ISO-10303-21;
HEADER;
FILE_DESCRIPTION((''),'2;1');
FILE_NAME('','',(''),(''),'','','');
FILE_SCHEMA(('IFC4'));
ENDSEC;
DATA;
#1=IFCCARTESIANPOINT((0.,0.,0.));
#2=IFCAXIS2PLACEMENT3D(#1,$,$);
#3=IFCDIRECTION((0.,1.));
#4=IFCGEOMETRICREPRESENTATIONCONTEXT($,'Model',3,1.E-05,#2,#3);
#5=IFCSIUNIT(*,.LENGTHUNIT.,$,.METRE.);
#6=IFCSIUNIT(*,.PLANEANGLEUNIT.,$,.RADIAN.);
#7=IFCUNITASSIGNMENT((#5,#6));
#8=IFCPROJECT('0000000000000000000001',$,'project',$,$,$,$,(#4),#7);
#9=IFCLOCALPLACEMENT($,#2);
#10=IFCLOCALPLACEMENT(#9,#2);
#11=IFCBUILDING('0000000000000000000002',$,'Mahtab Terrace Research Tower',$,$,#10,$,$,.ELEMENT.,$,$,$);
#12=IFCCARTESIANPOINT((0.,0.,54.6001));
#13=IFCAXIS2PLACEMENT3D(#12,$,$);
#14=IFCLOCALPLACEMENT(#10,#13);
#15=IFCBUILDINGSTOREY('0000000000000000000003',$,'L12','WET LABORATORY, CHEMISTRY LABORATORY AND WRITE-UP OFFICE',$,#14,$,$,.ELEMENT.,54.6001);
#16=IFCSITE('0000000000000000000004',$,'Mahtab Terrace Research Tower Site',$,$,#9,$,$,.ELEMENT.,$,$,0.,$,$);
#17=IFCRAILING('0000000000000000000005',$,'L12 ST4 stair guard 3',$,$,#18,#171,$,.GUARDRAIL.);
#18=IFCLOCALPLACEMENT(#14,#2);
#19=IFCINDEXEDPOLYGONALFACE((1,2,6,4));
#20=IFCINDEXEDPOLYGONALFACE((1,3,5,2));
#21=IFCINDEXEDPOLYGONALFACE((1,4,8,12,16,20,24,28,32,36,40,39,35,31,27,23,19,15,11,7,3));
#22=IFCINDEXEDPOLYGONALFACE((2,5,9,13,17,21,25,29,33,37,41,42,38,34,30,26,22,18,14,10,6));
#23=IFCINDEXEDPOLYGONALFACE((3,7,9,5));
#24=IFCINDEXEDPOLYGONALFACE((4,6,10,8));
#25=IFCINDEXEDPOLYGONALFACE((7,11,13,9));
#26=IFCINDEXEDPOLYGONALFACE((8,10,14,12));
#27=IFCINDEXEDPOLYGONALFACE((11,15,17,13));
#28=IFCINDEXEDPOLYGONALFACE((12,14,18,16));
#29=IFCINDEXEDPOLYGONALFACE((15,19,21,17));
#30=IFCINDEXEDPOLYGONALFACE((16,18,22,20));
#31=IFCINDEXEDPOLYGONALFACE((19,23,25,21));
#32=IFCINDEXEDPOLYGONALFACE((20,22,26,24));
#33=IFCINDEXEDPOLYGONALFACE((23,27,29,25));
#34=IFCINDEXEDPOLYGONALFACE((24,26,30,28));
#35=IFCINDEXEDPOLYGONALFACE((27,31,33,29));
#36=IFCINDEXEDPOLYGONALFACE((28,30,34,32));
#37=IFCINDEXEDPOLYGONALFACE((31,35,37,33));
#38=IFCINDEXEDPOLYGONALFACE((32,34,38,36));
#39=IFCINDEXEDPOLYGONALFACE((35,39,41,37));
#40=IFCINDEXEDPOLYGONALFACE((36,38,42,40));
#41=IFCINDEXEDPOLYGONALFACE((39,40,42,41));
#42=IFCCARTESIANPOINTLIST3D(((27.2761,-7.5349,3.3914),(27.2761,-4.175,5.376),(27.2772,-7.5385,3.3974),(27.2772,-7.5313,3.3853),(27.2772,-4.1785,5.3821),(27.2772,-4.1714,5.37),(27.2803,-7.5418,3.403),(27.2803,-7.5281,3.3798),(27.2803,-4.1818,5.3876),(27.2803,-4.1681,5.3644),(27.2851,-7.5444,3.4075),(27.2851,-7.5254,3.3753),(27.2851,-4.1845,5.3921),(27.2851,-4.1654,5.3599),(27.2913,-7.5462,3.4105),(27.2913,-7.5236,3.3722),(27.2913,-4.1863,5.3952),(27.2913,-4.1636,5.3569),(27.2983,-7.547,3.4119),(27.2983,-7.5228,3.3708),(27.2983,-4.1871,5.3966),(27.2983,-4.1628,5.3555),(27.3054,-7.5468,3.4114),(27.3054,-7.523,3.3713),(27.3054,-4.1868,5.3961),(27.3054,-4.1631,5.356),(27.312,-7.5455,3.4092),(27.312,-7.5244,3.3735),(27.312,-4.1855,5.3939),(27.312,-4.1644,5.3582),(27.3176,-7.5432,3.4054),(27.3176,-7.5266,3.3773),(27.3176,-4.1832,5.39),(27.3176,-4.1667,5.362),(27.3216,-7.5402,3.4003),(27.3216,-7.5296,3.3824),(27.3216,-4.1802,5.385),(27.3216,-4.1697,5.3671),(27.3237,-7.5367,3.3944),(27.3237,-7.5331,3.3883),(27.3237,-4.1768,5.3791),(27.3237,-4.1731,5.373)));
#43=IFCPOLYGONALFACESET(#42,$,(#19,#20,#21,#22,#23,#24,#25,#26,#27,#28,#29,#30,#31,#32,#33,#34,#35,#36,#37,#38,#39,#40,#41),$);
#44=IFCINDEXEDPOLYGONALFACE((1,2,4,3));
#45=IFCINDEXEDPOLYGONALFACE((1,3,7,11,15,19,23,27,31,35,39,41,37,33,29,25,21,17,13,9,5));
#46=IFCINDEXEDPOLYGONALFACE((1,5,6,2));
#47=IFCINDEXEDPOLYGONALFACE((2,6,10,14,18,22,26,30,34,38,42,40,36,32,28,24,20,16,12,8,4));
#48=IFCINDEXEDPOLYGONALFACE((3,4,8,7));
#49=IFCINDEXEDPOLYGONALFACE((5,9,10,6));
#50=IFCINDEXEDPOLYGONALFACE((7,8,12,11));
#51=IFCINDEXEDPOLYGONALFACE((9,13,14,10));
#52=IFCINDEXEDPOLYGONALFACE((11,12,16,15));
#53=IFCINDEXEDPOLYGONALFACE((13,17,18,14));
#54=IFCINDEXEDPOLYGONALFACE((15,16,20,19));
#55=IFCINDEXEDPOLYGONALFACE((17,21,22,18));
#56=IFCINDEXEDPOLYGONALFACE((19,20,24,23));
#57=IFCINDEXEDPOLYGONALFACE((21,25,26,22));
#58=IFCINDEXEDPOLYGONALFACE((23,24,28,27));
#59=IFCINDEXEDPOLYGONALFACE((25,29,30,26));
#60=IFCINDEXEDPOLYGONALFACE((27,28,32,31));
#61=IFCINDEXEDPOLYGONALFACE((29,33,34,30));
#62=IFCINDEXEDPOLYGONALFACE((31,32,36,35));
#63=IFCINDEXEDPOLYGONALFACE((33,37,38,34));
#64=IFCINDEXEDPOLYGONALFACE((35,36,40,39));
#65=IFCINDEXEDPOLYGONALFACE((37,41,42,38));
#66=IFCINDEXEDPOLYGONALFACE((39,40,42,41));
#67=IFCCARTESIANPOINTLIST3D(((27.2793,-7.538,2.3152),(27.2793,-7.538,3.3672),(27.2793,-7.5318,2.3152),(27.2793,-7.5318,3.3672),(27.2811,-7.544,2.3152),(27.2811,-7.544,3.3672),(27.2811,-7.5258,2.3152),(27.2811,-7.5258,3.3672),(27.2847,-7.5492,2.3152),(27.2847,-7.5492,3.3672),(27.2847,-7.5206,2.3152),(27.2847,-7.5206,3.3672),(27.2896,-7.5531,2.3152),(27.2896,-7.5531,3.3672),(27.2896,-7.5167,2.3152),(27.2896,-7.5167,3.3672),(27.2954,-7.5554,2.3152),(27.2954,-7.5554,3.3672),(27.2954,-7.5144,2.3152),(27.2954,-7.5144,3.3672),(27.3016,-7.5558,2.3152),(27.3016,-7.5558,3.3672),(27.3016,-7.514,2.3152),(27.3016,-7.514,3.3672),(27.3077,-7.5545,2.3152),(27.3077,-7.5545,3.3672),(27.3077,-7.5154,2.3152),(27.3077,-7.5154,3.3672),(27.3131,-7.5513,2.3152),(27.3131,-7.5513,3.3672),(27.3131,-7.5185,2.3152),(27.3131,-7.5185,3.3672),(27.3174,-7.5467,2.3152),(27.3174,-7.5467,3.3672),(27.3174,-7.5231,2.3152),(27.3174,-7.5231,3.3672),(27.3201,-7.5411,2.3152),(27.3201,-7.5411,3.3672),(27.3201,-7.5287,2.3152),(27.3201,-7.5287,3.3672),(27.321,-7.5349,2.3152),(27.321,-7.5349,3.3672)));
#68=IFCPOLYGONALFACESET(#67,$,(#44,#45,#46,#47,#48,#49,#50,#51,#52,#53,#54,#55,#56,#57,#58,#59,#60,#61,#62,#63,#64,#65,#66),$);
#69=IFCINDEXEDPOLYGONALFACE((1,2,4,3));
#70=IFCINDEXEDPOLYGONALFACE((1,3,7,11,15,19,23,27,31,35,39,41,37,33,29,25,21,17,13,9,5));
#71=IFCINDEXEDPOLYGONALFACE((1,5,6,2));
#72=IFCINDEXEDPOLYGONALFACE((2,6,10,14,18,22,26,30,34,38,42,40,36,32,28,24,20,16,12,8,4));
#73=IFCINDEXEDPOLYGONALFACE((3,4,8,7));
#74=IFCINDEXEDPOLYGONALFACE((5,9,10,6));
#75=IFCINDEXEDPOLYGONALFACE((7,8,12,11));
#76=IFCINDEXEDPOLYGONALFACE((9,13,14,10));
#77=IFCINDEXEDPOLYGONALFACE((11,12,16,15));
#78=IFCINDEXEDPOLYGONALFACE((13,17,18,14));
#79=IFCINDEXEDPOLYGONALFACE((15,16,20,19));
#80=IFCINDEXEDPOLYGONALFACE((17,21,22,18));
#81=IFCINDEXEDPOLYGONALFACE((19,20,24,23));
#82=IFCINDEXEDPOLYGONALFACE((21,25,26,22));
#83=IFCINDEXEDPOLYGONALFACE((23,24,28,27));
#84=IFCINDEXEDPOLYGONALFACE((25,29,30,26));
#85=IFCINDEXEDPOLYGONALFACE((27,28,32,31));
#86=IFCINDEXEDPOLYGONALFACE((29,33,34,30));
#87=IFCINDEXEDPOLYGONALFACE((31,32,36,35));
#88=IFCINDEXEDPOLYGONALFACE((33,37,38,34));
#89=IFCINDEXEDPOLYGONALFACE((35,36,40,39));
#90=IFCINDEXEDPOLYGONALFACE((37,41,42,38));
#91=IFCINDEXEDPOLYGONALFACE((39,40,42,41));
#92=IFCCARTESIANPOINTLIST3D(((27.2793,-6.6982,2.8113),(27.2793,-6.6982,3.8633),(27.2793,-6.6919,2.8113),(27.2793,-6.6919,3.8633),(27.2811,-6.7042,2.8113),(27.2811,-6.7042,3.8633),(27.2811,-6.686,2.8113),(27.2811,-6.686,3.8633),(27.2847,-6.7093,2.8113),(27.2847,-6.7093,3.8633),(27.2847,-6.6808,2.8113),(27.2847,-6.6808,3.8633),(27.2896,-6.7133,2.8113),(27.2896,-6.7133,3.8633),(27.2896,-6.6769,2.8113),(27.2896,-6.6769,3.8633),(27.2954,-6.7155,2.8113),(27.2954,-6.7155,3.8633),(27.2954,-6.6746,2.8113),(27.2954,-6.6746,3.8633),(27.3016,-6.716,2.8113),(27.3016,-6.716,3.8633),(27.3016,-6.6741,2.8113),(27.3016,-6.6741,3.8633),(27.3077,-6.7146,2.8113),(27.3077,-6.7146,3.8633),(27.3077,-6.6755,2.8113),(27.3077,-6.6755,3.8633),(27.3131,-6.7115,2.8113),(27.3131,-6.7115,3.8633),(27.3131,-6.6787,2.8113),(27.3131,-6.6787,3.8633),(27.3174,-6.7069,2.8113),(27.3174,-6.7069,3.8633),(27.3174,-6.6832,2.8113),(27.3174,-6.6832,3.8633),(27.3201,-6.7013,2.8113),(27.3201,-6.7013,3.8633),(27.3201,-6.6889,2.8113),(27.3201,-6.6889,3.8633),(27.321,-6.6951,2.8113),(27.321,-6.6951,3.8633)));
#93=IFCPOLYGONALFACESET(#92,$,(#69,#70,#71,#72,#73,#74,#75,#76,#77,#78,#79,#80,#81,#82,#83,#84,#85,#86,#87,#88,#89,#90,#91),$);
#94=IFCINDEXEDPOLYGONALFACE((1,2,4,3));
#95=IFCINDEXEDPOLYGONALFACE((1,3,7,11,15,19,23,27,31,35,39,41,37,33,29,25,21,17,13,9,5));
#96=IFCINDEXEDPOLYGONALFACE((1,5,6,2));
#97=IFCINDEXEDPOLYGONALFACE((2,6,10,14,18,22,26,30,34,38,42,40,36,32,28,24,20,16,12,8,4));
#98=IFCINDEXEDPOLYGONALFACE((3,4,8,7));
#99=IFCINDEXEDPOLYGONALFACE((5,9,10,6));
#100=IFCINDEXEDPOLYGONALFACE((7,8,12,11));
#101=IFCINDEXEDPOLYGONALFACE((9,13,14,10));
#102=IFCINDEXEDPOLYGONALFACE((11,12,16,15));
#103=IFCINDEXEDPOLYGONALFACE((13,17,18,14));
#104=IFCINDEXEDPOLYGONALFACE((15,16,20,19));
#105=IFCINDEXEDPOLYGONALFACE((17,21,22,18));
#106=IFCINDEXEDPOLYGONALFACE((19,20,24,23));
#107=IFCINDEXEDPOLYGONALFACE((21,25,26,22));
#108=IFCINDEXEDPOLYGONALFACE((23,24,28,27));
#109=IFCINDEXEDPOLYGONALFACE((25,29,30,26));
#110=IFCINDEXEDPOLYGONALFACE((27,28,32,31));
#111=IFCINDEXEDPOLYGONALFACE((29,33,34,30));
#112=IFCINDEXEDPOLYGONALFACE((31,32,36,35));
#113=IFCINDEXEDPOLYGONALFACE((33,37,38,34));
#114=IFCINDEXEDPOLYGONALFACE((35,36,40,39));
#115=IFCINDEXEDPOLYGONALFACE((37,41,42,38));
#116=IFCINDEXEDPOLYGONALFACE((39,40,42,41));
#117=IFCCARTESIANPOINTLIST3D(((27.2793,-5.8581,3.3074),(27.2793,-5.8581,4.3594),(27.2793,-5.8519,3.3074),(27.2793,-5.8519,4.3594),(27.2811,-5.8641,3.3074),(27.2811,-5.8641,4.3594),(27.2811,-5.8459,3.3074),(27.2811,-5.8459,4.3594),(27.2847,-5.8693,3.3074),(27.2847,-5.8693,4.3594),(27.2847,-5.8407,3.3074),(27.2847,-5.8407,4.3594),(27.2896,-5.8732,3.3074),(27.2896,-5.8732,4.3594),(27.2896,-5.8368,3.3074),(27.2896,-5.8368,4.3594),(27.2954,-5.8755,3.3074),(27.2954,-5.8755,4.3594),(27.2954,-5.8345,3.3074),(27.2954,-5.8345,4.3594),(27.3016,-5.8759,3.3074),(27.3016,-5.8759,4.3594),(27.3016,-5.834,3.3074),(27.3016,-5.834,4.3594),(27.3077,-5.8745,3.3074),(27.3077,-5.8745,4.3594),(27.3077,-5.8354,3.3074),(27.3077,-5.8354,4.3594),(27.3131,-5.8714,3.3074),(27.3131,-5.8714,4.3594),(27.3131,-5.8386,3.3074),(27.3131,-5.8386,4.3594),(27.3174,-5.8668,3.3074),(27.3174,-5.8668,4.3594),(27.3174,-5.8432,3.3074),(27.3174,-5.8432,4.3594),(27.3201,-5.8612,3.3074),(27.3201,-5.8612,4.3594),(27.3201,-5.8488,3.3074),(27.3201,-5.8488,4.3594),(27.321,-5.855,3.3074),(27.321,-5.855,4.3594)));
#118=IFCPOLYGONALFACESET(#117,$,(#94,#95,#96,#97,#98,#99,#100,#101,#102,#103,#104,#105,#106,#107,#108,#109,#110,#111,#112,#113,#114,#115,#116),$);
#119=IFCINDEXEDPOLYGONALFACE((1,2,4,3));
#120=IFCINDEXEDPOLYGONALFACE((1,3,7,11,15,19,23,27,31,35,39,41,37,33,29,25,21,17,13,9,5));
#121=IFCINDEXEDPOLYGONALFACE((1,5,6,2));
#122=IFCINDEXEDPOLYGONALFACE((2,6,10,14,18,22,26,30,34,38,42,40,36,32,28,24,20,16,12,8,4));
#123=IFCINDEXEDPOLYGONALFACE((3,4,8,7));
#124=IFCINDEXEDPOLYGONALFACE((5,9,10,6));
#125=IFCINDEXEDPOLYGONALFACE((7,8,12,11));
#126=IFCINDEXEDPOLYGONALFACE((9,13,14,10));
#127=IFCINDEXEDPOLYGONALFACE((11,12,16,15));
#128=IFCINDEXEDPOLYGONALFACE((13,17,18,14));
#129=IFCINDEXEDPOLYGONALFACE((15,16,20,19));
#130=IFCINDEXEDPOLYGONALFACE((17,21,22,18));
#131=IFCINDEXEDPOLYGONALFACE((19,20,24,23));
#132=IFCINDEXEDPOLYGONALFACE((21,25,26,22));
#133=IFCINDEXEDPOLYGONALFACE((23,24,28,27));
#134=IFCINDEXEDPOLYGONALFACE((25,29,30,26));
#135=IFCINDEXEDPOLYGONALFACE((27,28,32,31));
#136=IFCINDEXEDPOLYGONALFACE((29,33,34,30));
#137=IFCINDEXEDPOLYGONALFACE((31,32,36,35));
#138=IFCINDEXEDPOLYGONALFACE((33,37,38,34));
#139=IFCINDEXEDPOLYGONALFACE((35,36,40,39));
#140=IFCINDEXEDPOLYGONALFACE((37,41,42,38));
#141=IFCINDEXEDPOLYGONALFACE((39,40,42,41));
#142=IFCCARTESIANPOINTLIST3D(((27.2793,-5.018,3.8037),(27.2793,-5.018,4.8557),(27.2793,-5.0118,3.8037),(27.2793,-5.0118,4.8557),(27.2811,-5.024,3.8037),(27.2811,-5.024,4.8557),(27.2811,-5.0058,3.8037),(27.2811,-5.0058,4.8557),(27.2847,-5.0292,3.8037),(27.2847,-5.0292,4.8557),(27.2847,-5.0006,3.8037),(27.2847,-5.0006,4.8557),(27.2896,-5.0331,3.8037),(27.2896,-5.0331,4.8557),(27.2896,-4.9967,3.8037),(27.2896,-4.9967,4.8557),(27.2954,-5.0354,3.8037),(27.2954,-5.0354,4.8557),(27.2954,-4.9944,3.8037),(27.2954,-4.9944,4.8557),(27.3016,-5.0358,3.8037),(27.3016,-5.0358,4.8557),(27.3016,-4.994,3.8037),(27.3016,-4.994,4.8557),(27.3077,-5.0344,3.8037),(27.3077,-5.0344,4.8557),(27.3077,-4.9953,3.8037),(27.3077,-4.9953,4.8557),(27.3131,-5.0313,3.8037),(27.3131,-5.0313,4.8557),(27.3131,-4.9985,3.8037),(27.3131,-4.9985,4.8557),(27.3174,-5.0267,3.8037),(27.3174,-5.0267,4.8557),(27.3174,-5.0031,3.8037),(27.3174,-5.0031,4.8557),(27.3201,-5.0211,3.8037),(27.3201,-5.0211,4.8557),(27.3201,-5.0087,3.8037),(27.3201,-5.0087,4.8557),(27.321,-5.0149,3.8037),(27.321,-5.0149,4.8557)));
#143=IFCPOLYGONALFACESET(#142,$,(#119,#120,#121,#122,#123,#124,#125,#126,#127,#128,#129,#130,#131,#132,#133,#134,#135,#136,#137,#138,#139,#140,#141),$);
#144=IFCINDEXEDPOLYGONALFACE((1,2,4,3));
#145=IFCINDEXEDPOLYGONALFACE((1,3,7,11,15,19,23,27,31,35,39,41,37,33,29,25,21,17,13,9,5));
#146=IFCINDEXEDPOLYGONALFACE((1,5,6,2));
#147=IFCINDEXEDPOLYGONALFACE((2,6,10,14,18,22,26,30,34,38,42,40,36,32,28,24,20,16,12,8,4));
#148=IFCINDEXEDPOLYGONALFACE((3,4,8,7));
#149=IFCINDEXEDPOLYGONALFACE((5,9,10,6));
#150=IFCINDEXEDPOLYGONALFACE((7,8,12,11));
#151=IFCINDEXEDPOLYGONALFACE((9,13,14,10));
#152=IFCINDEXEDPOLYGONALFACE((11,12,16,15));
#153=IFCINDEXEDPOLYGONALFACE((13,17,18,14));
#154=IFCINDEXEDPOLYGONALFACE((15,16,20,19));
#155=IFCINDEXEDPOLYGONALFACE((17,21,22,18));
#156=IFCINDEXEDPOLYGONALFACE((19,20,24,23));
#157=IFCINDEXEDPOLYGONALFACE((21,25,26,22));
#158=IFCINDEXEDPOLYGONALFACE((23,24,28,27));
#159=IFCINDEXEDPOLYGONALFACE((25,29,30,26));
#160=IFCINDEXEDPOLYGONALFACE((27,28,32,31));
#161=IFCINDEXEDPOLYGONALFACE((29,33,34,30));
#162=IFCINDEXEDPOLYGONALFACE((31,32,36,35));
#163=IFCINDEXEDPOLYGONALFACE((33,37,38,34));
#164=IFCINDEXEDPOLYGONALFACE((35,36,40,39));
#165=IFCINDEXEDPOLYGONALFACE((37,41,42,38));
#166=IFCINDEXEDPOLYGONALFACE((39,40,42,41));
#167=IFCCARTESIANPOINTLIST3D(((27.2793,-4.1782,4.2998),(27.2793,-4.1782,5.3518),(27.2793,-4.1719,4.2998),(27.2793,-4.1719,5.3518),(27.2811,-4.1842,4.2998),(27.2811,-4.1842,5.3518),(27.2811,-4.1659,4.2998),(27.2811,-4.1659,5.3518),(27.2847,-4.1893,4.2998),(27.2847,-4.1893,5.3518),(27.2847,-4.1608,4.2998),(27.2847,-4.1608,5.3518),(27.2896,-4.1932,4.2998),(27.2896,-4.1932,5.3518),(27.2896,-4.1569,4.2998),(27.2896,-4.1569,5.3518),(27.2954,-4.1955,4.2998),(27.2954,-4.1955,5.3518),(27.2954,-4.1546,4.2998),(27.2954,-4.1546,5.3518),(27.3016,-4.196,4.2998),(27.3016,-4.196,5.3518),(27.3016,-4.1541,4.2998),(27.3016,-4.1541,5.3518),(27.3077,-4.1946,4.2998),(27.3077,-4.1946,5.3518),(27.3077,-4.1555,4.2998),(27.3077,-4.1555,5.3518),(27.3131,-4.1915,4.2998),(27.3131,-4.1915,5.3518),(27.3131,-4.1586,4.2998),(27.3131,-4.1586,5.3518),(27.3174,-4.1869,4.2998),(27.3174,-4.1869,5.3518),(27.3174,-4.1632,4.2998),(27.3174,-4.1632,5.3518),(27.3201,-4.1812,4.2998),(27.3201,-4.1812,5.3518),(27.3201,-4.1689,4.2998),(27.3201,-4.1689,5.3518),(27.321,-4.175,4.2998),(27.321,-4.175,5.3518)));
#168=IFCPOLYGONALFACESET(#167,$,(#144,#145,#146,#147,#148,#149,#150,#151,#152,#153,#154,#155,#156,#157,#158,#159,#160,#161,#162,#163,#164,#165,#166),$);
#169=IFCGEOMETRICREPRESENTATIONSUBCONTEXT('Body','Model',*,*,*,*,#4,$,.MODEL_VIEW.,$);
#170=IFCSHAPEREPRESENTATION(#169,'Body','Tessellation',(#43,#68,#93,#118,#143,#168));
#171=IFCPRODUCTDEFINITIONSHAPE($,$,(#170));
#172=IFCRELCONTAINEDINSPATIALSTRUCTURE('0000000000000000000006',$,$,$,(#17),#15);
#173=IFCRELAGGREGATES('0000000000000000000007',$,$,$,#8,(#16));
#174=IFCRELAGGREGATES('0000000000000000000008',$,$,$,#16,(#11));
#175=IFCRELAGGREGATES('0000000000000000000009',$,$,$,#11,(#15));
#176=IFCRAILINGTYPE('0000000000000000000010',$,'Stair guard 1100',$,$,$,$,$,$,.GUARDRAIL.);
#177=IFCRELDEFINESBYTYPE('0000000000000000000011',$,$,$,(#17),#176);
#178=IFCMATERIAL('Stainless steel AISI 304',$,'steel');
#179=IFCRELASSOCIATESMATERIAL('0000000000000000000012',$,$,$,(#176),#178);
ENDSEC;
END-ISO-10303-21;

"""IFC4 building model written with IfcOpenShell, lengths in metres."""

from ifc_helpers import new_model, si_unit, direction, frame, origin, origin_2d, place, context, subcontext, project, spatial, circle, extrude, material, type_object, element, save


model = new_model("IFC4")

# Units and contexts
model_context = context("Model", 3, precision=1e-05, world=origin(), true_north=direction((0.0, 1.0)))
body_context = subcontext(model_context, "Body", "Model", "MODEL_VIEW")
ifc_project = project(units=[si_unit("LENGTHUNIT", "METRE"), si_unit("PLANEANGLEUNIT", "RADIAN")], contexts=[model_context])

# Site, building, storey
site_placement = place(None, origin())
site = spatial("IfcSite", under=ifc_project, at=site_placement, Name="Mahtab Terrace Research Tower Site", CompositionType="ELEMENT", RefElevation=0.0)
building_placement = place(site_placement, origin())
building = spatial("IfcBuilding", under=site, at=building_placement, Name="Mahtab Terrace Research Tower", CompositionType="ELEMENT")
storey_placement = place(building_placement, frame((0.0, 0.0, 54.6001)))
storey = spatial("IfcBuildingStorey", under=building, at=storey_placement, Name="L12", Description="WET LABORATORY, CHEMISTRY LABORATORY AND WRITE-UP OFFICE", CompositionType="ELEMENT", Elevation=54.6001)

# Railing
ifc_material_1 = material(Name="Stainless steel AISI 304", Category="steel")
railing_type_1 = type_object("IfcRailingType", Name="Stair guard 1100", PredefinedType="GUARDRAIL", material=ifc_material_1)
railing_1_placement = place(storey_placement, frame((27.3, -7.5349, 2.3152)))
element("IfcRailing", 1, at=railing_1_placement, inside=storey, type_object=railing_type_1, Name="L12 ST4 stair guard 3", PredefinedType="GUARDRAIL", context=body_context, shape_type="SweptSolid", body=[
    extrude(circle(Radius=0.0239, at=origin_2d()), frame((0.0, 0.0, 1.0762), z_axis=(0.0, 0.861011, 0.508586), x_axis=(-1.0, 0.0, 0.0)), (0.0, 0.0, 1.0), 3.9023),
    extrude(circle(Radius=0.021, at=origin_2d()), origin(), (0.0, 0.0, 1.0), 1.052),
    extrude(circle(Radius=0.021, at=origin_2d()), frame((0.0, 0.8398, 0.4961)), (0.0, 0.0, 1.0), 1.052),
    extrude(circle(Radius=0.021, at=origin_2d()), frame((0.0, 1.6799, 0.9922)), (0.0, 0.0, 1.0), 1.052),
    extrude(circle(Radius=0.021, at=origin_2d()), frame((0.0, 2.52, 1.4885)), (0.0, 0.0, 1.0), 1.052),
    extrude(circle(Radius=0.021, at=origin_2d()), frame((0.0, 3.3599, 1.9846)), (0.0, 0.0, 1.0), 1.052),
])

save(model, "model.ifc")
